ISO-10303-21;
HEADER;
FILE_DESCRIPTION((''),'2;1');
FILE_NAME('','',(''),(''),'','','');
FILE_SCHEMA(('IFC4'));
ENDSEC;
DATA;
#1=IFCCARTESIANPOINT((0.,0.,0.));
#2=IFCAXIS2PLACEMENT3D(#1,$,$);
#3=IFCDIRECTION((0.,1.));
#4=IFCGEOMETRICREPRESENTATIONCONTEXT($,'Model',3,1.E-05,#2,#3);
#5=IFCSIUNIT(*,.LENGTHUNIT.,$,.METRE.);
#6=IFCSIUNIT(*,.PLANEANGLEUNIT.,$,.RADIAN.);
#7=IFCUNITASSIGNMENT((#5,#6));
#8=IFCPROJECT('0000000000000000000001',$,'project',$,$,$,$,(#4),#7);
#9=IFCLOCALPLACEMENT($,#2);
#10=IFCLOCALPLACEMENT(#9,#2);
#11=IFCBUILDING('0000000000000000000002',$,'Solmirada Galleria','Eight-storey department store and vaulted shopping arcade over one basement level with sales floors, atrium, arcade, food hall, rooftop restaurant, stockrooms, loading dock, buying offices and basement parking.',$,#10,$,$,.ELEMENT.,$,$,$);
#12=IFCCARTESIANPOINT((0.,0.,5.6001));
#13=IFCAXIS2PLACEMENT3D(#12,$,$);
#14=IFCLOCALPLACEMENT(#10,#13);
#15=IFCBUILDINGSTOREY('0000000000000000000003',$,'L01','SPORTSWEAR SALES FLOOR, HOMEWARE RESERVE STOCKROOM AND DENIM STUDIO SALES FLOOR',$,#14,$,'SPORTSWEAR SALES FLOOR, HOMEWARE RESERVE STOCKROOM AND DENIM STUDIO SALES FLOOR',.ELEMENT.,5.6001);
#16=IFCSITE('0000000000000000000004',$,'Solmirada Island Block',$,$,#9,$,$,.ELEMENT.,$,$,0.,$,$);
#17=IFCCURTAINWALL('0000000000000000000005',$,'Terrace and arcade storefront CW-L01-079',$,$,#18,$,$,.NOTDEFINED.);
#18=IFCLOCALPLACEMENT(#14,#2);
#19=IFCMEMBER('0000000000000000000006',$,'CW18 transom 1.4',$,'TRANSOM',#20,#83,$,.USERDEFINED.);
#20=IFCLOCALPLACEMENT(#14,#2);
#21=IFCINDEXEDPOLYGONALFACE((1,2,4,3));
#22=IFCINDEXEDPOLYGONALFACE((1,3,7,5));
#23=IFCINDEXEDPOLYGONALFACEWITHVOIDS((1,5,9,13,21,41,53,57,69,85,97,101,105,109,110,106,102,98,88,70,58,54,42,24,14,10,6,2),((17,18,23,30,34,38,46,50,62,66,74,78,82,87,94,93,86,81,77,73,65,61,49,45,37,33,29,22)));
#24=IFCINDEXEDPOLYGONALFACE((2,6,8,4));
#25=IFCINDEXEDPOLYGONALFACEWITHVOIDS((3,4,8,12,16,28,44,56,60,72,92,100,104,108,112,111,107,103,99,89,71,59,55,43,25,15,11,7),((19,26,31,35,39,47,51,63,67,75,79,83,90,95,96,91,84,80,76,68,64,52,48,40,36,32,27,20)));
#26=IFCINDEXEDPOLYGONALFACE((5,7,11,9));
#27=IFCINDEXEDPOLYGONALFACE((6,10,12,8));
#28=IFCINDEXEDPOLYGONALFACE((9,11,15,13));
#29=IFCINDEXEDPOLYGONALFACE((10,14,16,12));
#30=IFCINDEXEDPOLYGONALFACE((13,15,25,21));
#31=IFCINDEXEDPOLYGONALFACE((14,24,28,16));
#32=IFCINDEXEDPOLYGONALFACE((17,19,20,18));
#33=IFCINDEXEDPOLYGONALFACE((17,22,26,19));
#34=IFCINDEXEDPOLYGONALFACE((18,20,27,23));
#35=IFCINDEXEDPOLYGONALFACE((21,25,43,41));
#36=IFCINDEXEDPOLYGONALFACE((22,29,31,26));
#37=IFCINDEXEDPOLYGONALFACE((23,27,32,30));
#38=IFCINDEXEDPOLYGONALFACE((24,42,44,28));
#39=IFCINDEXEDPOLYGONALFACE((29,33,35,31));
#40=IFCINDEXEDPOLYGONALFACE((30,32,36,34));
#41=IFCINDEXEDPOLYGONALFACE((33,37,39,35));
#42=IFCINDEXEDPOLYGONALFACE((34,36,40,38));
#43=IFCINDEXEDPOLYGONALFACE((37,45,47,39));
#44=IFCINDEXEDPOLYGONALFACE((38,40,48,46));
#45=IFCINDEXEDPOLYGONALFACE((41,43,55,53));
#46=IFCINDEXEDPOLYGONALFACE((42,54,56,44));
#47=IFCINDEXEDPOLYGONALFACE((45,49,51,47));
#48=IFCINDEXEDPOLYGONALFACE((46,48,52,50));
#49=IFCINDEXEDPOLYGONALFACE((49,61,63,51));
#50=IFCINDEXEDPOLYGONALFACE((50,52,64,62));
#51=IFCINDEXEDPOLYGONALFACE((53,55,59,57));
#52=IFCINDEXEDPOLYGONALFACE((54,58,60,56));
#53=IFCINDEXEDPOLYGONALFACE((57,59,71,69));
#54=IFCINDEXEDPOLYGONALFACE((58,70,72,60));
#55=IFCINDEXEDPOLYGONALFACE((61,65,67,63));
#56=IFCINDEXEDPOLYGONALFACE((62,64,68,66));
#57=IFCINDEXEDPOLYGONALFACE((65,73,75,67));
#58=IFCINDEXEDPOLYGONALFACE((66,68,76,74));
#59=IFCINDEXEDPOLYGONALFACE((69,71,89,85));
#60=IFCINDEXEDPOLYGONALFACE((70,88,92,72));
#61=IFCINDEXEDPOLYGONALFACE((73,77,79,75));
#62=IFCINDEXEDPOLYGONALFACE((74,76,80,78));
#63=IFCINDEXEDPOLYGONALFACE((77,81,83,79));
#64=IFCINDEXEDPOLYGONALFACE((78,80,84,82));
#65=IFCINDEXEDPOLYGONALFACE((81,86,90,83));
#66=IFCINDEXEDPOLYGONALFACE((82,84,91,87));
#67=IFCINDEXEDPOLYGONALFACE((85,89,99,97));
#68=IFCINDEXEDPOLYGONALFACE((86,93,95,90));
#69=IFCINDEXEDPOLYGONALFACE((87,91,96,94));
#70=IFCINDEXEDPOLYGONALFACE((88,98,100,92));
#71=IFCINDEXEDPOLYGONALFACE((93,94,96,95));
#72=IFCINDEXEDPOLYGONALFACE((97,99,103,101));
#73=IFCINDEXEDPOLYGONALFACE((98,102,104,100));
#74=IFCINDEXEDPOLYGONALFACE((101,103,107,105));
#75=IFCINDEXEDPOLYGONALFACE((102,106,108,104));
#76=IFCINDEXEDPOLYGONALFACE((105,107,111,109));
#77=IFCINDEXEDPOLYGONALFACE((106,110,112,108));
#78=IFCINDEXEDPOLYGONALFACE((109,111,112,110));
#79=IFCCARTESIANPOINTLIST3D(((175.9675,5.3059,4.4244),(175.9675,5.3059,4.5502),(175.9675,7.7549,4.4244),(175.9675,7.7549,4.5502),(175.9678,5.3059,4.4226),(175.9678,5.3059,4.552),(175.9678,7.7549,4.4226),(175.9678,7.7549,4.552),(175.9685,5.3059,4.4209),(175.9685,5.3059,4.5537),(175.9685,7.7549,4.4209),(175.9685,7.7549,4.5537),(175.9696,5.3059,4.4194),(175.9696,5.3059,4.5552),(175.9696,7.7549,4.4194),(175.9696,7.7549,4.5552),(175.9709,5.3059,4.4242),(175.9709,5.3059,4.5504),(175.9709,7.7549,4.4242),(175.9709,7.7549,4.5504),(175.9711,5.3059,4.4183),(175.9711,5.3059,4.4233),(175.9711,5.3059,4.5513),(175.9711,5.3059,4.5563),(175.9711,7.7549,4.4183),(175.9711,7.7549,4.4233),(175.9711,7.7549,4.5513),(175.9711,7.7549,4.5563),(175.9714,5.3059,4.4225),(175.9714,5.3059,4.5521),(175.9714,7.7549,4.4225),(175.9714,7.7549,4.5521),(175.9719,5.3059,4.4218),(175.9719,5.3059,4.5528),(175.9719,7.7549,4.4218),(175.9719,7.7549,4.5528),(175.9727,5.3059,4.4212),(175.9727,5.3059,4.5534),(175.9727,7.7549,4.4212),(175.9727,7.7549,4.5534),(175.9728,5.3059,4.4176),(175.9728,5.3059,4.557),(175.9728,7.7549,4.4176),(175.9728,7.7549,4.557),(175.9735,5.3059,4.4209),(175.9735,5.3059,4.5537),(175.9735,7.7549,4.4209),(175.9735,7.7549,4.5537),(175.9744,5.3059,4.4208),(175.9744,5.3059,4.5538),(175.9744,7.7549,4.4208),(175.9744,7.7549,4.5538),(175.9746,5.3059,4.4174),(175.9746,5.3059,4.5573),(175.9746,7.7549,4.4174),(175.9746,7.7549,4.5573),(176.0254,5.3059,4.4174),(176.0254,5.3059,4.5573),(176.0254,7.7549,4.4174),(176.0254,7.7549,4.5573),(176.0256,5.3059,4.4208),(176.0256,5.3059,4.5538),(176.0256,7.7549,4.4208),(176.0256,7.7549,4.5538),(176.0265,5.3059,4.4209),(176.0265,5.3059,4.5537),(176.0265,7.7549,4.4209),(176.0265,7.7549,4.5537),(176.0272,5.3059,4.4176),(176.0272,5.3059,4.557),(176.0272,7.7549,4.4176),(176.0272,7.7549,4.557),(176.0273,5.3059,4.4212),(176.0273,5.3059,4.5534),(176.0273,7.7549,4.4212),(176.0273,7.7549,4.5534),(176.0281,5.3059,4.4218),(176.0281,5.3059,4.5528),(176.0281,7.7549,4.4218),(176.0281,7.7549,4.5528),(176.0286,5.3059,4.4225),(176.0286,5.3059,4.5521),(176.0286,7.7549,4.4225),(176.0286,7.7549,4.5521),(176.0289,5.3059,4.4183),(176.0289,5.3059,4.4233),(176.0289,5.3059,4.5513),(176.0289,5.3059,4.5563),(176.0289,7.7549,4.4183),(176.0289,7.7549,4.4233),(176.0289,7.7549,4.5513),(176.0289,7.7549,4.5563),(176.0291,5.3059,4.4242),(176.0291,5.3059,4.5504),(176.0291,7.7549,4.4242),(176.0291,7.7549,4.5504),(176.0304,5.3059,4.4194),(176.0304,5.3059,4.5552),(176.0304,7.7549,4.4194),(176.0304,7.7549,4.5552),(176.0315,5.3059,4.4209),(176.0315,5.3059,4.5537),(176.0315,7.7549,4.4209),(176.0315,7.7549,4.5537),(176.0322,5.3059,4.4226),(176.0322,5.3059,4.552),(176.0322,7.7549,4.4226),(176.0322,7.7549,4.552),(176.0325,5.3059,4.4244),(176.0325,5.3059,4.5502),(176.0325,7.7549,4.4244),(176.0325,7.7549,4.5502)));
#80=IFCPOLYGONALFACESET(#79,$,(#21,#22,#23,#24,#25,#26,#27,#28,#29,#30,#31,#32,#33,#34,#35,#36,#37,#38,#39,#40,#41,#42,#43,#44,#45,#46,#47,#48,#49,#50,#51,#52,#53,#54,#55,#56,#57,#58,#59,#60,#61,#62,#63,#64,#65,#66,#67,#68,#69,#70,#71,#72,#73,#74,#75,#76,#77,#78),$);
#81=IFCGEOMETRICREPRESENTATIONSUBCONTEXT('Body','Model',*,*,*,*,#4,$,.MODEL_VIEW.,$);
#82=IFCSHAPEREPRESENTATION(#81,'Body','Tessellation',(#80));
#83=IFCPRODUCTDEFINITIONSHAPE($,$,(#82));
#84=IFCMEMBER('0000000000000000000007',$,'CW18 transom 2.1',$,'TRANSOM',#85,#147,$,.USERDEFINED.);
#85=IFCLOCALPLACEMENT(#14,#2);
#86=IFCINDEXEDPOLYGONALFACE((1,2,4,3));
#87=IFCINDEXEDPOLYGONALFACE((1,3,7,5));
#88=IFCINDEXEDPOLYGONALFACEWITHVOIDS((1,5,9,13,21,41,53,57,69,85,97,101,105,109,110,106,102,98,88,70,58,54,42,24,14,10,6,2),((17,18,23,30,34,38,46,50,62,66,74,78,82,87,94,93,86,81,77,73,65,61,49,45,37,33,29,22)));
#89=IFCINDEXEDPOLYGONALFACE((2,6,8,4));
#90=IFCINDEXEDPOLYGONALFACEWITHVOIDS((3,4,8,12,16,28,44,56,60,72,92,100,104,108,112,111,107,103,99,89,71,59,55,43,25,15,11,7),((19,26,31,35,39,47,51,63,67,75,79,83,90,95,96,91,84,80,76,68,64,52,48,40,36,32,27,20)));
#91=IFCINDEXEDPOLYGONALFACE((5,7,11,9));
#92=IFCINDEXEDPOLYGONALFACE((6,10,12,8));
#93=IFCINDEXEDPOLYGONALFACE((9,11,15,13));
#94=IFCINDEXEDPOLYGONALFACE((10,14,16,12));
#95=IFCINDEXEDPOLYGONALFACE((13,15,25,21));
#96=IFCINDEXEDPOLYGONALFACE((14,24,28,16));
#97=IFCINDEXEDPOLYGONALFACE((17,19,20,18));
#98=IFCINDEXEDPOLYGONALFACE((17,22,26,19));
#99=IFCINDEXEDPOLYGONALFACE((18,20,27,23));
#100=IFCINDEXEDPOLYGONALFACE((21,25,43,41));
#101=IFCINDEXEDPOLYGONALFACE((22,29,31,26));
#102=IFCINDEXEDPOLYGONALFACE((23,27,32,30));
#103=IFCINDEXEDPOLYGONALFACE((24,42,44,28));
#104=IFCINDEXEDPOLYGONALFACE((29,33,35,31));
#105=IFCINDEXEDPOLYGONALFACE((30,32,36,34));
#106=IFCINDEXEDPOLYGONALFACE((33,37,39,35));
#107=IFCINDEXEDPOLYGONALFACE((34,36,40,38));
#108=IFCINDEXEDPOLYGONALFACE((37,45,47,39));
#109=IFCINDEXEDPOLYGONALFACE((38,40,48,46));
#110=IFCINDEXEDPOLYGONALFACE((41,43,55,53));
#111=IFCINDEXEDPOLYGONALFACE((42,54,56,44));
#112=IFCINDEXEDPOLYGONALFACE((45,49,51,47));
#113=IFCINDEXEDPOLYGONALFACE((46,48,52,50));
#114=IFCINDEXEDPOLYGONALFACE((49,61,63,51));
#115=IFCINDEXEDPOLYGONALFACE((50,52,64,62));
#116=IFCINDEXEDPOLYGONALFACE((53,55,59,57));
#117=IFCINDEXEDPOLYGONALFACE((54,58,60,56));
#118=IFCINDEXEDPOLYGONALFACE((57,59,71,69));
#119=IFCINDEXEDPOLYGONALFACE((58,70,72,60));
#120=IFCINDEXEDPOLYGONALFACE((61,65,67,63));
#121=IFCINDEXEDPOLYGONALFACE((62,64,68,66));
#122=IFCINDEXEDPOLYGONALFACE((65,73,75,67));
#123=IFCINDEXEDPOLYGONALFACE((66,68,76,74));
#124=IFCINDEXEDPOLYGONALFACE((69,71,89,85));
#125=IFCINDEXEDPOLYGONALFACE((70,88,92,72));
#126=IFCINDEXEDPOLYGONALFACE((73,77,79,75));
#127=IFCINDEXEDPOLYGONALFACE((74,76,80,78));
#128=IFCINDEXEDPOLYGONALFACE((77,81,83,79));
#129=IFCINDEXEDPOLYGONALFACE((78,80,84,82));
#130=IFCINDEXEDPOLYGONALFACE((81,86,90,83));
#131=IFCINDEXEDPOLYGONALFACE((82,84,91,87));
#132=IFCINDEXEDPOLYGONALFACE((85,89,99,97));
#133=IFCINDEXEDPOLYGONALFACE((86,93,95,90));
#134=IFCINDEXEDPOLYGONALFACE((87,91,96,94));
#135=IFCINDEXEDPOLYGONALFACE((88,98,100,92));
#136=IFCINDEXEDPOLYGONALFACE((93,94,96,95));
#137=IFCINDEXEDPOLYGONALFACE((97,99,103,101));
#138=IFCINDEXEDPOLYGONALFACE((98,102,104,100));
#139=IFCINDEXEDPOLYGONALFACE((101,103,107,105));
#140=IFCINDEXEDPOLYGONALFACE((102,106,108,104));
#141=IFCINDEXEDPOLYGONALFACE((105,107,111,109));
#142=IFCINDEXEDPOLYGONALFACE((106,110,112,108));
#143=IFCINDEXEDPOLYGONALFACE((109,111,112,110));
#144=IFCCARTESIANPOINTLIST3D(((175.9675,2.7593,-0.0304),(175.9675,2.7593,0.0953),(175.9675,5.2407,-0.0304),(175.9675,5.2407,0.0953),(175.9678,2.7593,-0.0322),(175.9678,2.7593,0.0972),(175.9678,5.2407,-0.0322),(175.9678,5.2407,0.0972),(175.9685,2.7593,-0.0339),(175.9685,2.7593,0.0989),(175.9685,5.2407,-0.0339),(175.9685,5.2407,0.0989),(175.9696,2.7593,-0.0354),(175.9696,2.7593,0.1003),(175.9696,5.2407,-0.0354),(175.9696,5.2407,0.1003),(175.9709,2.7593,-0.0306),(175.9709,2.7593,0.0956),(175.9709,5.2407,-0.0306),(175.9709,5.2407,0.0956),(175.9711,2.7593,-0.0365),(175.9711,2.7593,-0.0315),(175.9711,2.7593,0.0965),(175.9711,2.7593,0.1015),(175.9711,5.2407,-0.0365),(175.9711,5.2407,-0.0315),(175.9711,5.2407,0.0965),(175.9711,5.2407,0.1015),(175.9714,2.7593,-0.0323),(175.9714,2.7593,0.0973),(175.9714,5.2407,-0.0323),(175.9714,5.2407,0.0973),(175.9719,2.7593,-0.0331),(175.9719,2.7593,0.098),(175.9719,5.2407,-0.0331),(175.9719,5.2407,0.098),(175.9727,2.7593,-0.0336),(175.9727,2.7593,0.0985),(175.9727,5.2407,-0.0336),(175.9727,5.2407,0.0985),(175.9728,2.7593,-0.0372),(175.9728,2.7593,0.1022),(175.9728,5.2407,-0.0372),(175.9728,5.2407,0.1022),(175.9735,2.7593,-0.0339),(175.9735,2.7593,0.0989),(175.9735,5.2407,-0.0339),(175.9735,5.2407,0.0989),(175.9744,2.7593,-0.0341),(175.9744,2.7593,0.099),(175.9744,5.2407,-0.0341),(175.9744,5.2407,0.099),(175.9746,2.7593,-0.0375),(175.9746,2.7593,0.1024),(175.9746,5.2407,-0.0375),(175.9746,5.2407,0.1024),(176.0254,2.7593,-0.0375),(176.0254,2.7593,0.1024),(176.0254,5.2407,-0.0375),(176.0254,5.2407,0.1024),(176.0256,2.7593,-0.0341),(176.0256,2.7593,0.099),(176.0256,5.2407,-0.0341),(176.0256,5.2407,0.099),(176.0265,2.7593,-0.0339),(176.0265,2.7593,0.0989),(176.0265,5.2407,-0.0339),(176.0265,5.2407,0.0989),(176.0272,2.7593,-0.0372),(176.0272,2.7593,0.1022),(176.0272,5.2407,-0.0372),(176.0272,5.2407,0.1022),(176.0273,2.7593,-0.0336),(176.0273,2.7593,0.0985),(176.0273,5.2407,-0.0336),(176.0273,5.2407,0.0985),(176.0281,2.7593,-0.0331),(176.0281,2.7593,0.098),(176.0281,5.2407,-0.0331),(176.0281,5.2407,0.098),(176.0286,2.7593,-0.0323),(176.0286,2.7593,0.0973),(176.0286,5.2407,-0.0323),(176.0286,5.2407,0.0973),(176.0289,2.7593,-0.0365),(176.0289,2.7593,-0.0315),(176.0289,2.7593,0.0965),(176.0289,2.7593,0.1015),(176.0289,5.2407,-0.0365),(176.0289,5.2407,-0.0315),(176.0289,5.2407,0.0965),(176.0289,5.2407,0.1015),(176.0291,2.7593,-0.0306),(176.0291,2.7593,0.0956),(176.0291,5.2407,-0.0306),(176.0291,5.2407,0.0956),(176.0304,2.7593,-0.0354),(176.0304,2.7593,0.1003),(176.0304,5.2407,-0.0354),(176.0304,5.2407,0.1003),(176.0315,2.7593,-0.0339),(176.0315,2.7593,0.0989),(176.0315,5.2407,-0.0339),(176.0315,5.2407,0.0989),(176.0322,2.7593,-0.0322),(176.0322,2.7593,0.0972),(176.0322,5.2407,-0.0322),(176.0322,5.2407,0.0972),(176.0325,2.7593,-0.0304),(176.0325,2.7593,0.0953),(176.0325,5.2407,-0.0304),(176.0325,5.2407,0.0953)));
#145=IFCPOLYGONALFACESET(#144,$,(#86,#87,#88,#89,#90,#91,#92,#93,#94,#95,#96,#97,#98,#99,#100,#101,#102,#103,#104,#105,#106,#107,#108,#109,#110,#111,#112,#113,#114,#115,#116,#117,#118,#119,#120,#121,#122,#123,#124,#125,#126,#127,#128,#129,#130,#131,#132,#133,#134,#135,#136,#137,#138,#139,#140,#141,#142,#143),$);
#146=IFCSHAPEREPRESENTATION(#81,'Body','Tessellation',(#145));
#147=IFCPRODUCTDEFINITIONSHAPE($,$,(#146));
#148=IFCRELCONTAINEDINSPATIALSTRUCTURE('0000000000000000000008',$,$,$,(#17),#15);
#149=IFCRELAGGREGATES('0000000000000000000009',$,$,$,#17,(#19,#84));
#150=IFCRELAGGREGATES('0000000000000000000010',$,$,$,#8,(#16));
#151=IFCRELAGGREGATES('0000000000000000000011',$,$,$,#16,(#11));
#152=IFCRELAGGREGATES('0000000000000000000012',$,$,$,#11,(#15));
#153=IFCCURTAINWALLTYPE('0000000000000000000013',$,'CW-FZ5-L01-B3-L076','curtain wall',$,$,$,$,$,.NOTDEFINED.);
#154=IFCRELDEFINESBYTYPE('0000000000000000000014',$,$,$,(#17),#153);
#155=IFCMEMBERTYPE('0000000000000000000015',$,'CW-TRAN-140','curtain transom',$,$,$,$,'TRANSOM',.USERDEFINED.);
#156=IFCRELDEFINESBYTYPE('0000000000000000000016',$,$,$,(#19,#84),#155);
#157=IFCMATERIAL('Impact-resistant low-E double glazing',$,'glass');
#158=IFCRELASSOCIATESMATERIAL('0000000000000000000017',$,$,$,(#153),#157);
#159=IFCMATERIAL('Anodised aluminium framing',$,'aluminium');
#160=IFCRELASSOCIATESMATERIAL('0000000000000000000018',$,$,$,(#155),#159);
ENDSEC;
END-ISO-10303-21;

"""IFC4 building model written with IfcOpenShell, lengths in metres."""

from ifc_helpers import new_model, si_unit, direction, frame, origin, origin_2d, place, context, subcontext, project, spatial, hollow_rectangle, extrude, material, material_profile, profile_set, type_object, element, aggregate, save


model = new_model("IFC4")

# Units and contexts
model_context = context("Model", 3, precision=1e-05, world=origin(), true_north=direction((0.0, 1.0)))
body_context = subcontext(model_context, "Body", "Model", "MODEL_VIEW")
ifc_project = project(units=[si_unit("LENGTHUNIT", "METRE"), si_unit("PLANEANGLEUNIT", "RADIAN")], contexts=[model_context])

# Site, building, storey
site_placement = place(None, origin())
site = spatial("IfcSite", under=ifc_project, at=site_placement, Name="Solmirada Island Block", CompositionType="ELEMENT", RefElevation=0.0)
building_placement = place(site_placement, origin())
building = spatial("IfcBuilding", under=site, at=building_placement, Name="Solmirada Galleria", Description="Eight-storey department store and vaulted shopping arcade over one basement level with sales floors, atrium, arcade, food hall, rooftop restaurant, stockrooms, loading dock, buying offices and basement parking.", CompositionType="ELEMENT")
storey_placement = place(building_placement, frame((0.0, 0.0, 5.6001)))
storey = spatial("IfcBuildingStorey", under=building, at=storey_placement, Name="L01", Description="SPORTSWEAR SALES FLOOR, HOMEWARE RESERVE STOCKROOM AND DENIM STUDIO SALES FLOOR", LongName="SPORTSWEAR SALES FLOOR, HOMEWARE RESERVE STOCKROOM AND DENIM STUDIO SALES FLOOR", CompositionType="ELEMENT", Elevation=5.6001)

# Curtain wall
ifc_material_1 = material(Name="Impact-resistant low-E double glazing", Category="glass")
curtain_wall_type = type_object("IfcCurtainWallType", Name="CW-FZ5-L01-B3-L076", Description="curtain wall", PredefinedType="NOTDEFINED", material=ifc_material_1)
ifc_material_2 = material(Name="Anodised aluminium framing", Category="aluminium")
curtain_wall_1_placement = place(storey_placement, origin())
curtain_wall_1 = element("IfcCurtainWall", 1, at=curtain_wall_1_placement, inside=storey, type_object=curtain_wall_type, Name="Terrace and arcade storefront CW-L01-079", PredefinedType="NOTDEFINED")

# Members
ifc_material_profile_1 = material_profile(ifc_material_2, hollow_rectangle(XDim=0.0649, YDim=0.1399, WallThickness=0.0034, InnerFilletRadius=0.0034, OuterFilletRadius=0.0071, at=origin_2d()), Name="ALU-TRAN-140X65")
ifc_profile_set_1 = profile_set([ifc_material_profile_1], Name="Anodised aluminium framing")
member_type_1 = type_object("IfcMemberType", Name="CW-TRAN-140", Description="curtain transom", ElementType="TRANSOM", PredefinedType="USERDEFINED", material=ifc_profile_set_1)
member_1_placement = place(storey_placement, frame((176.0, 7.7549, 4.4873), z_axis=(0.0, -1.0, 0.0), x_axis=(1.0, 0.0, 0.0)))
member_1 = element("IfcMember", 2, at=member_1_placement, type_object=member_type_1, Name="CW18 transom 1.4", ObjectType="TRANSOM", PredefinedType="USERDEFINED", context=body_context, shape_type="SweptSolid", body=[
    extrude(hollow_rectangle(XDim=0.0649, YDim=0.1399, WallThickness=0.0034, InnerFilletRadius=0.0034, OuterFilletRadius=0.0071, at=origin_2d()), origin(), (0.0, 0.0, 1.0), 2.449),
])
member_2_placement = place(storey_placement, frame((176.0, 5.2407, 0.0325), z_axis=(0.0, -1.0, 0.0), x_axis=(1.0, 0.0, 0.0)))
member_2 = element("IfcMember", 3, at=member_2_placement, type_object=member_type_1, Name="CW18 transom 2.1", ObjectType="TRANSOM", PredefinedType="USERDEFINED", context=body_context, shape_type="SweptSolid", body=[
    extrude(hollow_rectangle(XDim=0.0649, YDim=0.1399, WallThickness=0.0034, InnerFilletRadius=0.0034, OuterFilletRadius=0.0071, at=origin_2d()), origin(), (0.0, 0.0, 1.0), 2.4814),
])

aggregate(curtain_wall_1, [member_1, member_2])

save(model, "model.ifc")
